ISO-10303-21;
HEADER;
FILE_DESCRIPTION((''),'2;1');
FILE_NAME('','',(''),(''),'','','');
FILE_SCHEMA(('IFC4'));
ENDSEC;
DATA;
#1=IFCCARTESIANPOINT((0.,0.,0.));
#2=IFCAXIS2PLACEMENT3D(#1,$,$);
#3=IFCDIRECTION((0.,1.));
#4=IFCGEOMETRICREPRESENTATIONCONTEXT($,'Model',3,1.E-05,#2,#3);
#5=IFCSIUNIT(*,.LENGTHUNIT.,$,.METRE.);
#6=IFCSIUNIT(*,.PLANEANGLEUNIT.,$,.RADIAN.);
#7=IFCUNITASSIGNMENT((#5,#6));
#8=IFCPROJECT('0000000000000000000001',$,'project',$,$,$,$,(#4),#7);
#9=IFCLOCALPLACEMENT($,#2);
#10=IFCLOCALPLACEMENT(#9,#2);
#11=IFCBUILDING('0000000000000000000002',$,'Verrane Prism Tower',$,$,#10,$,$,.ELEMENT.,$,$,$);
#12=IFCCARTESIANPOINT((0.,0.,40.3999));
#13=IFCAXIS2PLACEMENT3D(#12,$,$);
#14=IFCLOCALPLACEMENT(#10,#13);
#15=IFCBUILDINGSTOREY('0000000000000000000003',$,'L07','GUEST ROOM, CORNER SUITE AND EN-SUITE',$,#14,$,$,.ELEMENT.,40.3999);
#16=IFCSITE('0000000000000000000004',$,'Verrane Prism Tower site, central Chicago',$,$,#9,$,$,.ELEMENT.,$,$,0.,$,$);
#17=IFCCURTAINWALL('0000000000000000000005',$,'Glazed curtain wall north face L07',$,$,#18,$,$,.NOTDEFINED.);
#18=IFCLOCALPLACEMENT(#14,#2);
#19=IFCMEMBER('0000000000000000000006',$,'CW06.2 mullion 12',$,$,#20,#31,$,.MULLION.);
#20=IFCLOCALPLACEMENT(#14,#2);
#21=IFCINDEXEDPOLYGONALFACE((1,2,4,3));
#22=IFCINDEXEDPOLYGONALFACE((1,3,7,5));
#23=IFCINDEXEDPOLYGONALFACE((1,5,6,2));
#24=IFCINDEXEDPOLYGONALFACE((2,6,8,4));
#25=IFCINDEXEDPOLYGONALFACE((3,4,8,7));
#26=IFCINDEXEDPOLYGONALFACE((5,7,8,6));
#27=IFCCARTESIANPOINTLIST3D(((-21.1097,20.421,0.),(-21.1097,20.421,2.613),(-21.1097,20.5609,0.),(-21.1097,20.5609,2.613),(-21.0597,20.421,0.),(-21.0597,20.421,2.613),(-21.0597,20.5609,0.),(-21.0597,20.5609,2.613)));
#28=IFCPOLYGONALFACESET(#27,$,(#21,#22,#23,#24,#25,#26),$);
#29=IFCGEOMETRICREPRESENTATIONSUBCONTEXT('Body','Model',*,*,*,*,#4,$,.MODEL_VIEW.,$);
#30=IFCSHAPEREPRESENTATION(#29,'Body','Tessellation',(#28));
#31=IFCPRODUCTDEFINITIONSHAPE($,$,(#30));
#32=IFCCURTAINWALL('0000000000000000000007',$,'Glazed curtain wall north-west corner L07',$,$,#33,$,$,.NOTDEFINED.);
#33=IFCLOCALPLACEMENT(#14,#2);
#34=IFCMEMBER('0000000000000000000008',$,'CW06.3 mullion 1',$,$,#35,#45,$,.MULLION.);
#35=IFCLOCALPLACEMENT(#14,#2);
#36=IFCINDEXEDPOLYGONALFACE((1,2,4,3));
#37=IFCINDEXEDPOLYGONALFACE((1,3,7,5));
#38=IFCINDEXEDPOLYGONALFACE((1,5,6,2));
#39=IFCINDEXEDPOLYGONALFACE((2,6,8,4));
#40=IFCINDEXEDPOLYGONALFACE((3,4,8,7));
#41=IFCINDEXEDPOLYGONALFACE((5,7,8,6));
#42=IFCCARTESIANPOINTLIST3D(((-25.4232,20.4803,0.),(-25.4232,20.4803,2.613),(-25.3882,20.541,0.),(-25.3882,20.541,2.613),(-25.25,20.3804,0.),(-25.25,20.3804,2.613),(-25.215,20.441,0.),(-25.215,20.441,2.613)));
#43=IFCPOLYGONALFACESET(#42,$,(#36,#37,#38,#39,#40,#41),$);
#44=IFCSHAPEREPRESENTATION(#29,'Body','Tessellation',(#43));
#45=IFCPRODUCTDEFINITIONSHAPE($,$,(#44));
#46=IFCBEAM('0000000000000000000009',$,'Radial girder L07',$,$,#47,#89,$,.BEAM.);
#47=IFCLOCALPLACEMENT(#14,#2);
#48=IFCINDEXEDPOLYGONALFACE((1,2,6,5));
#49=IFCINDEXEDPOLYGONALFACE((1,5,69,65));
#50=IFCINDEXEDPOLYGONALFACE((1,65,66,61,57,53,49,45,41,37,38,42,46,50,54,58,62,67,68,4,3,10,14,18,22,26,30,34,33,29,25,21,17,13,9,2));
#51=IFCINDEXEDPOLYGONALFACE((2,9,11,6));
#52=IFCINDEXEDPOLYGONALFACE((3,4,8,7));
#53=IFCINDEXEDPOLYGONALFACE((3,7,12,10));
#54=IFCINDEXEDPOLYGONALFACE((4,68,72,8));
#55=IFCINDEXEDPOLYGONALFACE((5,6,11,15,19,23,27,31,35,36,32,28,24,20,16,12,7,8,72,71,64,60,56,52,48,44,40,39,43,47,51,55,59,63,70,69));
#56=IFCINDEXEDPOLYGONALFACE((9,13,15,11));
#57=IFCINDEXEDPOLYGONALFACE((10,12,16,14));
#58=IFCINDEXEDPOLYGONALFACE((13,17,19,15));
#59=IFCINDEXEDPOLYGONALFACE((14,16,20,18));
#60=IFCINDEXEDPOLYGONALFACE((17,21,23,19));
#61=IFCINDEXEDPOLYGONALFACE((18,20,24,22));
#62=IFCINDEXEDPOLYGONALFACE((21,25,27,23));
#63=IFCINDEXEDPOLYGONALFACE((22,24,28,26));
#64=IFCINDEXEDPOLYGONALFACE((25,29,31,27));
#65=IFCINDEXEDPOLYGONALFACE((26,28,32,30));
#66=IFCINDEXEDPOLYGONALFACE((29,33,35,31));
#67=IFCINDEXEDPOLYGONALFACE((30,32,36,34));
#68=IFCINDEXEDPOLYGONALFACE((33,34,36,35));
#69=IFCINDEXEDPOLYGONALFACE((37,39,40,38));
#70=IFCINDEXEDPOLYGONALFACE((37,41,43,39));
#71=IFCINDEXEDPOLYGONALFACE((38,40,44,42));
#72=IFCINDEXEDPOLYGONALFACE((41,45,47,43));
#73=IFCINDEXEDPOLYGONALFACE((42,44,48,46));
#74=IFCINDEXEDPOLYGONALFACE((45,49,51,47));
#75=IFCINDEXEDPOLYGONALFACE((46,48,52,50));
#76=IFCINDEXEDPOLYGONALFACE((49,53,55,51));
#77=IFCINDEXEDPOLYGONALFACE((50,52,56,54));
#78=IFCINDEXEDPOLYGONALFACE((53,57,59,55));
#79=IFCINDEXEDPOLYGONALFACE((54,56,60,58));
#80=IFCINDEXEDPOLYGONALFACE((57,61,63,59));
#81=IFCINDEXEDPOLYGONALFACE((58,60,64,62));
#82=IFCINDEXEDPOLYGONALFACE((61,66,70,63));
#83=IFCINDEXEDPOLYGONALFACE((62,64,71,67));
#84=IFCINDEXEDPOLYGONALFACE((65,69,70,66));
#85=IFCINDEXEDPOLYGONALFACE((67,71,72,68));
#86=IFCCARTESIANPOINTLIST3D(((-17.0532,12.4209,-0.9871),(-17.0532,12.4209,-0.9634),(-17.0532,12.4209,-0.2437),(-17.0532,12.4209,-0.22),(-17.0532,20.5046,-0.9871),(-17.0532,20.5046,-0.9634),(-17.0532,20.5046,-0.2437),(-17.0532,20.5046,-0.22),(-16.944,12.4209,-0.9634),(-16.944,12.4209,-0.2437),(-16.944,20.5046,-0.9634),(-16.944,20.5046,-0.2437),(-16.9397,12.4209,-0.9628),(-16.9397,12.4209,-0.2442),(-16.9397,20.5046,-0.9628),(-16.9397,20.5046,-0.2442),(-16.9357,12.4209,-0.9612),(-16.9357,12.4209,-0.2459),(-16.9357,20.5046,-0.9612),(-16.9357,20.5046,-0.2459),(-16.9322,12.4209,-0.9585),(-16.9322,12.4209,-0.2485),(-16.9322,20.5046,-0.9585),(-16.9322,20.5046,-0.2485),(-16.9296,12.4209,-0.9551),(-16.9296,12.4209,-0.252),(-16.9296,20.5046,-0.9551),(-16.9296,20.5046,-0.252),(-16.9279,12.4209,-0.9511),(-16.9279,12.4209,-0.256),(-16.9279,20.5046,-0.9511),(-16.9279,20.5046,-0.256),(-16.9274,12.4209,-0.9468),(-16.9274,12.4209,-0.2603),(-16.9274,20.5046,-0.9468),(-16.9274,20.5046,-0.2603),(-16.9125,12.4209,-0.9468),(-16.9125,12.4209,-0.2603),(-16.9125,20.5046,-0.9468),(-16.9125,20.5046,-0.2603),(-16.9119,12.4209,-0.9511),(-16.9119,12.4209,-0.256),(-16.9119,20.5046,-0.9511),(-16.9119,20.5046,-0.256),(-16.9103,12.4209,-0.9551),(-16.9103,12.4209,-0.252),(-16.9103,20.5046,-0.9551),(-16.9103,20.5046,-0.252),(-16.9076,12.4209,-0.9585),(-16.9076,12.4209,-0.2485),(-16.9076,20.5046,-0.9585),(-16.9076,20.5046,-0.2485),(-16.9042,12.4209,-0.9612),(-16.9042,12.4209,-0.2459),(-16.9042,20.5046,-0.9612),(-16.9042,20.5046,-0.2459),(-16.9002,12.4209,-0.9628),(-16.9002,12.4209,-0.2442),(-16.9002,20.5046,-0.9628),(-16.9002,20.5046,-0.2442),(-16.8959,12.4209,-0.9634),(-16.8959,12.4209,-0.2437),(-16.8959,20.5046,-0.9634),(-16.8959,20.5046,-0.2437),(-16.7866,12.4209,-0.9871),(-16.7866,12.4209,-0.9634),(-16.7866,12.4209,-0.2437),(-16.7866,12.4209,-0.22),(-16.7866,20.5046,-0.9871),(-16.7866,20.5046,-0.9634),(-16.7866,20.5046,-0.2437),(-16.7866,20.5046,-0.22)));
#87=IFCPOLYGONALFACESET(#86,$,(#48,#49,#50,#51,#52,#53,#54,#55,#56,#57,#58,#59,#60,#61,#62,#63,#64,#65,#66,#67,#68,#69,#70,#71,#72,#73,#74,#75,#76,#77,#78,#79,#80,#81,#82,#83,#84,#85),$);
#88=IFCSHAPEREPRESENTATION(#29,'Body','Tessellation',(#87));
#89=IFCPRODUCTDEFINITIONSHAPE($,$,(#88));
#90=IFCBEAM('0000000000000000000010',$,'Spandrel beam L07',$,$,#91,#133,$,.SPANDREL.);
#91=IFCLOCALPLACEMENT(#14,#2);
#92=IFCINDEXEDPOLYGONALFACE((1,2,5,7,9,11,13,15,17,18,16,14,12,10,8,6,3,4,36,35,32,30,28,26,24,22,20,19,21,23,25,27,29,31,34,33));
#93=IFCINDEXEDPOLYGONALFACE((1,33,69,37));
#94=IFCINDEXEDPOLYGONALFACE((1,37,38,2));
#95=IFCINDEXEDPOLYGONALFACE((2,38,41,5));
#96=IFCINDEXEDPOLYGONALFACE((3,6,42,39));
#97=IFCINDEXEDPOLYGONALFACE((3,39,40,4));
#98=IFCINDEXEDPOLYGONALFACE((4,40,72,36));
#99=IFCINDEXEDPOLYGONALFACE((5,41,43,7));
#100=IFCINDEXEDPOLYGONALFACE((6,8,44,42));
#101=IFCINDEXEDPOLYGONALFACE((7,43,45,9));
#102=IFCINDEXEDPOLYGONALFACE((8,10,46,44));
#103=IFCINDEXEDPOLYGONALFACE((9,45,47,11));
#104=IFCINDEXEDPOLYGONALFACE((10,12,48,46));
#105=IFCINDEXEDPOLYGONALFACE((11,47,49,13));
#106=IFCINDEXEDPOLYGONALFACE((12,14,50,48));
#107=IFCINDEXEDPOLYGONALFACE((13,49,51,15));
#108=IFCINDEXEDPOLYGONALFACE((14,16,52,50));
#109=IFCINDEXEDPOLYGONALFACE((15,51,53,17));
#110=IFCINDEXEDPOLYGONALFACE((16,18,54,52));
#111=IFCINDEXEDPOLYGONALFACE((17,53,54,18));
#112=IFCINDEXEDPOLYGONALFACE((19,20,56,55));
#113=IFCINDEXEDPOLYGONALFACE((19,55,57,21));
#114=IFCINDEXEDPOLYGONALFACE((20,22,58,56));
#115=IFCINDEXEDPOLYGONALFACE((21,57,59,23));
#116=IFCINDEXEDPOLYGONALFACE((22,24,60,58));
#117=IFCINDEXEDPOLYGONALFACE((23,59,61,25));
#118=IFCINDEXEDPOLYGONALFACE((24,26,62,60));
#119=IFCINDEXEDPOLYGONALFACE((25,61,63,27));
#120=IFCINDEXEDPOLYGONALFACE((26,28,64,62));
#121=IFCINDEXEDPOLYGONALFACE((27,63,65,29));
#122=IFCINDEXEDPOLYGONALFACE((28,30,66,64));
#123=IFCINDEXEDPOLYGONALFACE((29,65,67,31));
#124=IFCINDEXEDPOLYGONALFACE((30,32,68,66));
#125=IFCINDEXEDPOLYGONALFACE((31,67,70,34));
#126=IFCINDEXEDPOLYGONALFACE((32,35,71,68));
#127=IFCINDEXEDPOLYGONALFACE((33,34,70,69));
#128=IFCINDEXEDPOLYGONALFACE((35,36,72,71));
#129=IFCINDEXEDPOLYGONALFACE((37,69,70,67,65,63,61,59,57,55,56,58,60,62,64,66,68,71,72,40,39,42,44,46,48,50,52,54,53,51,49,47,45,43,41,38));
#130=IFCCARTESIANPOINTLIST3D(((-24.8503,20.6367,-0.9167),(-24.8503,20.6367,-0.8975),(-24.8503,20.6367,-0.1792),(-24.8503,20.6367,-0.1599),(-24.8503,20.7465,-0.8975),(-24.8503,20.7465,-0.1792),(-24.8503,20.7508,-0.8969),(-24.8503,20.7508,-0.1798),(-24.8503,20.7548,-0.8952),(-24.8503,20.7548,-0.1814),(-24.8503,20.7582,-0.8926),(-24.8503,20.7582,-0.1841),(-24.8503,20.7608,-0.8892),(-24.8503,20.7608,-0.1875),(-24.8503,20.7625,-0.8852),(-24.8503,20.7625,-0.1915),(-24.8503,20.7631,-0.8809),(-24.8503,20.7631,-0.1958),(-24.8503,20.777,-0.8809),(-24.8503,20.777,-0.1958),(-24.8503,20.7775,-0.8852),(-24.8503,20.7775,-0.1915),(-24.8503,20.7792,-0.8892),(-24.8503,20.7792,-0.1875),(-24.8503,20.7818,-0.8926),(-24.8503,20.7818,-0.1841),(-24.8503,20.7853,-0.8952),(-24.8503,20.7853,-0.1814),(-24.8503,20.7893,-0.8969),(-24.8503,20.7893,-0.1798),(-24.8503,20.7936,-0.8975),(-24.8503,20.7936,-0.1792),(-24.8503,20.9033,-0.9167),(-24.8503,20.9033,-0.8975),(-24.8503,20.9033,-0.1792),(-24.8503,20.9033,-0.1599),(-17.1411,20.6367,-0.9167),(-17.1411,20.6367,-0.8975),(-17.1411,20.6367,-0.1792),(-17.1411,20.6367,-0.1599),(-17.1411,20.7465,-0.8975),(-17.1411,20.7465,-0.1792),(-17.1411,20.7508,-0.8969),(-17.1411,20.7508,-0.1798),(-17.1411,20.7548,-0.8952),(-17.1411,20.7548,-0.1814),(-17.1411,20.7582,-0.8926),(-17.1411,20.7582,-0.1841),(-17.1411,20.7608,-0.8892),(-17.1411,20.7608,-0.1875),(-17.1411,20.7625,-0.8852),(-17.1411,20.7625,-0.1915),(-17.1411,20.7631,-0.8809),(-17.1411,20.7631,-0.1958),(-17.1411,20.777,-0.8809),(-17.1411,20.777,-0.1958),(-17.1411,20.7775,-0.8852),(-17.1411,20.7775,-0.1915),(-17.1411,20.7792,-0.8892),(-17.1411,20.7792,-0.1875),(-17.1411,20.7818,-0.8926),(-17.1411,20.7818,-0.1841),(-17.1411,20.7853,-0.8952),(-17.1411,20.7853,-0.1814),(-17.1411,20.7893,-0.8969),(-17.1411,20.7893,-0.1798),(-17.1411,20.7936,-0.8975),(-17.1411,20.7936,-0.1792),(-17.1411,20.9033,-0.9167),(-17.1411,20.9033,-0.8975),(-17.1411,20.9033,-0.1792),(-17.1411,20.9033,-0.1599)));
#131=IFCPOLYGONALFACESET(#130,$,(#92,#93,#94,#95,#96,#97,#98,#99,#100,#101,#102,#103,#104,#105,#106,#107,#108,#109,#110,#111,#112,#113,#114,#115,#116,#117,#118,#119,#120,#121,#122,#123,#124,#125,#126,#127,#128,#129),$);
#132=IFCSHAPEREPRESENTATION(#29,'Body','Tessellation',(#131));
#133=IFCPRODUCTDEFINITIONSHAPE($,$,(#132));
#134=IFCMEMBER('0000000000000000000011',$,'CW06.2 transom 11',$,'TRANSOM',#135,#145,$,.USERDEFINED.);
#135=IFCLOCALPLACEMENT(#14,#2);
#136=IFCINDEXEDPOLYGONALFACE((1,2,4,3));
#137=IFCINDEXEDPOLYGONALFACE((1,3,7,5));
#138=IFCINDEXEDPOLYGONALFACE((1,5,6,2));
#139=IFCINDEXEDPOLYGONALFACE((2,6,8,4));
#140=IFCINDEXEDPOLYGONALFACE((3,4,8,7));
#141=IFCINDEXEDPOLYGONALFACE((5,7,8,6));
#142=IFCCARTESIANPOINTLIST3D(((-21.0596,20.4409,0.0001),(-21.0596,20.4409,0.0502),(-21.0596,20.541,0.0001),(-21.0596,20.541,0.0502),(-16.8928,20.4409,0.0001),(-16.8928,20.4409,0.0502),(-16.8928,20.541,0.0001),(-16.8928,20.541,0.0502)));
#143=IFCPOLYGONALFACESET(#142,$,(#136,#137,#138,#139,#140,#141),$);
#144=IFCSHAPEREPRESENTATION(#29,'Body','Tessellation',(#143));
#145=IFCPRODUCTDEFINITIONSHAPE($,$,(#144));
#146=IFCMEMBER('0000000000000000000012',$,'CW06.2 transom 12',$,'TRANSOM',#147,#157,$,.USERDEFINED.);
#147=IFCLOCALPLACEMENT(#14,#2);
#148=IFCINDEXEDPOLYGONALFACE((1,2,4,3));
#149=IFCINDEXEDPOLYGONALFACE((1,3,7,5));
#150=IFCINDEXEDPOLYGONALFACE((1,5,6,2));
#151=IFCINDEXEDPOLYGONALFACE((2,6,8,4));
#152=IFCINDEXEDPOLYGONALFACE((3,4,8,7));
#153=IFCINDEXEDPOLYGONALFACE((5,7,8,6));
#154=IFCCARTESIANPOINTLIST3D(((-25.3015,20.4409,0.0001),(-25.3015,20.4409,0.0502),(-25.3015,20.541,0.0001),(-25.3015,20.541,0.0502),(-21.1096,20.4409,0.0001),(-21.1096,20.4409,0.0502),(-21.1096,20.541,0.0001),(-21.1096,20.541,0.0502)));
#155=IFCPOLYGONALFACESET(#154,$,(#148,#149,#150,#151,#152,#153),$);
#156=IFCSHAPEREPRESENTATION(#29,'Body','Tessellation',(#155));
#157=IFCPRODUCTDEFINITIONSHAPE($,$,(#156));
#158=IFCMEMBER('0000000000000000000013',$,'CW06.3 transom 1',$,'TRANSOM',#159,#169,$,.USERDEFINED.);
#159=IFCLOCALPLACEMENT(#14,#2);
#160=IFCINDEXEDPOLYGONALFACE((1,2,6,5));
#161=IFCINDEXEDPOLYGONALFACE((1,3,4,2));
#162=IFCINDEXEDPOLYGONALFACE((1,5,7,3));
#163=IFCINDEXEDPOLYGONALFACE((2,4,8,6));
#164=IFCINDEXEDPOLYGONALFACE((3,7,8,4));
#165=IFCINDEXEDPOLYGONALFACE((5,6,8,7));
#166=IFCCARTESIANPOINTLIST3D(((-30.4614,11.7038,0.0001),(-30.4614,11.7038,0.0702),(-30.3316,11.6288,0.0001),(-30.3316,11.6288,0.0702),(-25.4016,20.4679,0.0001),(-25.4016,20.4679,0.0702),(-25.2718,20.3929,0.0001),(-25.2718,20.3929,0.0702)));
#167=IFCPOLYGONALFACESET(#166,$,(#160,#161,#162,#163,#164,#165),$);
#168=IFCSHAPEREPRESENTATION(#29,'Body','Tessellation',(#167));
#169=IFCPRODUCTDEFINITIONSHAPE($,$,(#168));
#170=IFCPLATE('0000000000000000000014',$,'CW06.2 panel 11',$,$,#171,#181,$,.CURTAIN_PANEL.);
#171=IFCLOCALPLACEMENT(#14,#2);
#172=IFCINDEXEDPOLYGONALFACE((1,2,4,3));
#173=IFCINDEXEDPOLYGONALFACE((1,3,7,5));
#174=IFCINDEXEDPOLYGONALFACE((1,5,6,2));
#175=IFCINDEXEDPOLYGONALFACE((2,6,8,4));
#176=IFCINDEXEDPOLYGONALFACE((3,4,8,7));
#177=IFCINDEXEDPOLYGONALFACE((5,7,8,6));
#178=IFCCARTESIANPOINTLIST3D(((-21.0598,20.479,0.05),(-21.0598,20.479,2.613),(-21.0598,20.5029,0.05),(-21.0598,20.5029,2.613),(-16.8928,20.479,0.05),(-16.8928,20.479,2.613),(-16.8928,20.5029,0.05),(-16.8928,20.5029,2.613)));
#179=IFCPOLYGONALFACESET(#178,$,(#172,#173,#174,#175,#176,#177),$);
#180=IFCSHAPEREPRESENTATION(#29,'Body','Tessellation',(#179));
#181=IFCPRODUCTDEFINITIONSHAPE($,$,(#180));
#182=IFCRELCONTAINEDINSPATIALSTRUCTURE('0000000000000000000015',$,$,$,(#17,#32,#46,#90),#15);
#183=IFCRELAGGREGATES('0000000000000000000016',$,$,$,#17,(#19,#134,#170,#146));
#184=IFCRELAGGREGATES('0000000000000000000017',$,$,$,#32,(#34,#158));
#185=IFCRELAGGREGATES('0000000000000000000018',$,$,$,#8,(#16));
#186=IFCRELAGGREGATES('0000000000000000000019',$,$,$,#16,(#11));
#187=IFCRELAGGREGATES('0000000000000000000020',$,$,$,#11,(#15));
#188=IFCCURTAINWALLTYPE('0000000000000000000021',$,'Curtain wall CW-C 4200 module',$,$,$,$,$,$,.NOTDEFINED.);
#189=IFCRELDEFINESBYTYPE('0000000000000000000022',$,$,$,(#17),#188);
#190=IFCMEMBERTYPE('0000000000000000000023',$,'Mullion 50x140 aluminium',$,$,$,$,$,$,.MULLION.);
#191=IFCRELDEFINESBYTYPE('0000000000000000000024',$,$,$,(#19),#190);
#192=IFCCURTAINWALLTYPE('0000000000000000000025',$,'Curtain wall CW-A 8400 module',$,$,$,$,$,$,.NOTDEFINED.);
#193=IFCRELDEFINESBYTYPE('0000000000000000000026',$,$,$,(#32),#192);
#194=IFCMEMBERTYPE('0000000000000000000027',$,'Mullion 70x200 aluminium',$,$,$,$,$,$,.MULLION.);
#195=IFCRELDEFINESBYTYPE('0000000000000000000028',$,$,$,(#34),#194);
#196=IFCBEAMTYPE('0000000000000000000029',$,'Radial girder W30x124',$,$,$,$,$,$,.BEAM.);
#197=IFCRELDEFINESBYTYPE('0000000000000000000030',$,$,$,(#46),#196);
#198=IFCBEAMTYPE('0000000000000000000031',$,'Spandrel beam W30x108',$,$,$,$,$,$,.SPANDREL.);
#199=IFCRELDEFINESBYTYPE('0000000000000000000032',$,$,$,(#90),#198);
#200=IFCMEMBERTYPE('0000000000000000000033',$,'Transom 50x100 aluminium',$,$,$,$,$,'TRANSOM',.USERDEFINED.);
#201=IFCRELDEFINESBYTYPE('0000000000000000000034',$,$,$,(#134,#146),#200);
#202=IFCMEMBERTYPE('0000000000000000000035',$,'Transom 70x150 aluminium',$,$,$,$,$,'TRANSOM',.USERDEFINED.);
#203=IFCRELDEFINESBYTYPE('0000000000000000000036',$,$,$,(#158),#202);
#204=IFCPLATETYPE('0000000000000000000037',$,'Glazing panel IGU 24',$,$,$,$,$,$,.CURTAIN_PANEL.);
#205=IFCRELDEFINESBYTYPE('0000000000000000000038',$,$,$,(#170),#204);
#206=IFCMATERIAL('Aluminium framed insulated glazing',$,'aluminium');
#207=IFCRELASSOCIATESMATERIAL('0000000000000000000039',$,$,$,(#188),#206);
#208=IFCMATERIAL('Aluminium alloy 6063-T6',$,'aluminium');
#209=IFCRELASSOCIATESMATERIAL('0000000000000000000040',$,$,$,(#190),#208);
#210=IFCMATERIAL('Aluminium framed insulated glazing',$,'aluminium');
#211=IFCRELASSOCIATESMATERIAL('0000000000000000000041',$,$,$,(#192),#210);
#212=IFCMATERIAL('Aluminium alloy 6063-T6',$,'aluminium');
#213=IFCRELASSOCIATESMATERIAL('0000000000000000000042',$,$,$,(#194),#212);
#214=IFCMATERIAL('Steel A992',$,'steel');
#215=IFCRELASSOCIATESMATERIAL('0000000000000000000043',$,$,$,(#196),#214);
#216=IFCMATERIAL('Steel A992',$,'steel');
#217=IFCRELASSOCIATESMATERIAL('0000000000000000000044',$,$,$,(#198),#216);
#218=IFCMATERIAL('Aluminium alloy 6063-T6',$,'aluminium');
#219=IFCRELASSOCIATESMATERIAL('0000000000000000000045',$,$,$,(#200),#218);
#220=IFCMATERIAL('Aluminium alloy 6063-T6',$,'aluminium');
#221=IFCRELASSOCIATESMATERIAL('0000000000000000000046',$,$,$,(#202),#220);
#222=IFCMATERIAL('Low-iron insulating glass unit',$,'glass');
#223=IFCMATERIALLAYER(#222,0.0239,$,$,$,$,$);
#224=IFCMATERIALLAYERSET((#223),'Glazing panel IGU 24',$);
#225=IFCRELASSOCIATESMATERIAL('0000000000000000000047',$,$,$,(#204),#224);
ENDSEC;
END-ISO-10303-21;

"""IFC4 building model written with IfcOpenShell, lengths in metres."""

from ifc_helpers import new_model, si_unit, direction, frame, origin, origin_2d, place, context, subcontext, project, spatial, rectangle, i_section, extrude, material, layer, layer_set, material_profile, profile_set, type_object, element, aggregate, save


model = new_model("IFC4")

# Units and contexts
model_context = context("Model", 3, precision=1e-05, world=origin(), true_north=direction((0.0, 1.0)))
body_context = subcontext(model_context, "Body", "Model", "MODEL_VIEW")
ifc_project = project(units=[si_unit("LENGTHUNIT", "METRE"), si_unit("PLANEANGLEUNIT", "RADIAN")], contexts=[model_context])

# Site, building, storey
site_placement = place(None, origin())
site = spatial("IfcSite", under=ifc_project, at=site_placement, Name="Verrane Prism Tower site, central Chicago", CompositionType="ELEMENT", RefElevation=0.0)
building_placement = place(site_placement, origin())
building = spatial("IfcBuilding", under=site, at=building_placement, Name="Verrane Prism Tower", CompositionType="ELEMENT")
storey_placement = place(building_placement, frame((0.0, 0.0, 40.3999)))
storey = spatial("IfcBuildingStorey", under=building, at=storey_placement, Name="L07", Description="GUEST ROOM, CORNER SUITE AND EN-SUITE", CompositionType="ELEMENT", Elevation=40.3999)

# Curtain wall, member
ifc_material_1 = material(Name="Aluminium framed insulated glazing", Category="aluminium")
curtain_wall_type_1 = type_object("IfcCurtainWallType", Name="Curtain wall CW-C 4200 module", PredefinedType="NOTDEFINED", material=ifc_material_1)
curtain_wall_1_placement = place(storey_placement, origin())
curtain_wall_1 = element("IfcCurtainWall", 1, at=curtain_wall_1_placement, inside=storey, type_object=curtain_wall_type_1, Name="Glazed curtain wall north face L07", PredefinedType="NOTDEFINED")
ifc_material_2 = material(Name="Aluminium alloy 6063-T6", Category="aluminium")
ifc_material_profile_1 = material_profile(ifc_material_2, rectangle(XDim=0.1399, YDim=0.05, at=origin_2d()), Name="Mullion 50x140 aluminium")
ifc_profile_set_1 = profile_set([ifc_material_profile_1], Name="Aluminium alloy 6063-T6")
member_type_1 = type_object("IfcMemberType", Name="Mullion 50x140 aluminium", PredefinedType="MULLION", material=ifc_profile_set_1)
member_1_placement = place(storey_placement, frame((-21.0847, 20.491, 0.0), z_axis=(0.0, 0.0, 1.0), x_axis=(0.0, -1.0, 0.0)))
member_1 = element("IfcMember", 2, at=member_1_placement, type_object=member_type_1, Name="CW06.2 mullion 12", PredefinedType="MULLION", context=body_context, shape_type="SweptSolid", body=[
    extrude(rectangle(XDim=0.1399, YDim=0.05, at=origin_2d()), origin(), (0.0, 0.0, 1.0), 2.613),
])

# Curtain wall, member
ifc_material_3 = material(Name="Aluminium framed insulated glazing", Category="aluminium")
curtain_wall_type_2 = type_object("IfcCurtainWallType", Name="Curtain wall CW-A 8400 module", PredefinedType="NOTDEFINED", material=ifc_material_3)
curtain_wall_2_placement = place(storey_placement, origin())
curtain_wall_2 = element("IfcCurtainWall", 3, at=curtain_wall_2_placement, inside=storey, type_object=curtain_wall_type_2, Name="Glazed curtain wall north-west corner L07", PredefinedType="NOTDEFINED")
ifc_material_4 = material(Name="Aluminium alloy 6063-T6", Category="aluminium")
ifc_material_profile_2 = material_profile(ifc_material_4, rectangle(XDim=0.2, YDim=0.0701, at=origin_2d()), Name="Mullion 70x200 aluminium")
ifc_profile_set_2 = profile_set([ifc_material_profile_2], Name="Aluminium alloy 6063-T6")
member_type_2 = type_object("IfcMemberType", Name="Mullion 70x200 aluminium", PredefinedType="MULLION", material=ifc_profile_set_2)
member_2_placement = place(storey_placement, frame((-25.3191, 20.4607, 0.0), z_axis=(0.0, 0.0, 1.0), x_axis=(0.866027, -0.499997, 0.0)))
member_2 = element("IfcMember", 4, at=member_2_placement, type_object=member_type_2, Name="CW06.3 mullion 1", PredefinedType="MULLION", context=body_context, shape_type="SweptSolid", body=[
    extrude(rectangle(XDim=0.2, YDim=0.0701, at=origin_2d()), origin(), (0.0, 0.0, 1.0), 2.613),
])

# Beams
ifc_material_5 = material(Name="Steel A992", Category="steel")
ifc_material_profile_3 = material_profile(ifc_material_5, i_section(OverallWidth=0.2666, OverallDepth=0.7671, WebThickness=0.0149, FlangeThickness=0.0237, FilletRadius=0.0166, at=origin_2d()), Name="W30x124")
ifc_profile_set_3 = profile_set([ifc_material_profile_3], Name="Steel A992")
beam_type_1 = type_object("IfcBeamType", Name="Radial girder W30x124", PredefinedType="BEAM", material=ifc_profile_set_3)
beam_1_placement = place(storey_placement, frame((-16.9199, 20.5046, -0.6035), z_axis=(0.0, -1.0, 0.0), x_axis=(1.0, 0.0, 0.0)))
element("IfcBeam", 5, at=beam_1_placement, inside=storey, type_object=beam_type_1, Name="Radial girder L07", PredefinedType="BEAM", context=body_context, shape_type="SweptSolid", body=[
    extrude(i_section(OverallWidth=0.2666, OverallDepth=0.7671, WebThickness=0.0149, FlangeThickness=0.0237, FilletRadius=0.0166, at=origin_2d()), origin(), (0.0, 0.0, 1.0), 8.0837),
])
ifc_material_6 = material(Name="Steel A992", Category="steel")
ifc_material_profile_4 = material_profile(ifc_material_6, i_section(OverallWidth=0.2666, OverallDepth=0.7568, WebThickness=0.0139, FlangeThickness=0.0193, FilletRadius=0.0166, at=origin_2d()), Name="W30x108")
ifc_profile_set_4 = profile_set([ifc_material_profile_4], Name="Steel A992")
beam_type_2 = type_object("IfcBeamType", Name="Spandrel beam W30x108", PredefinedType="SPANDREL", material=ifc_profile_set_4)
beam_2_placement = place(storey_placement, frame((-17.1411, 20.77, -0.5383), z_axis=(-1.0, 0.0, 0.0), x_axis=(0.0, -1.0, 0.0)))
element("IfcBeam", 6, at=beam_2_placement, inside=storey, type_object=beam_type_2, Name="Spandrel beam L07", PredefinedType="SPANDREL", context=body_context, shape_type="SweptSolid", body=[
    extrude(i_section(OverallWidth=0.2666, OverallDepth=0.7568, WebThickness=0.0139, FlangeThickness=0.0193, FilletRadius=0.0166, at=origin_2d()), origin(), (0.0, 0.0, 1.0), 7.7092),
])

# Members
ifc_material_7 = material(Name="Aluminium alloy 6063-T6", Category="aluminium")
ifc_material_profile_5 = material_profile(ifc_material_7, rectangle(XDim=0.1001, YDim=0.05, at=origin_2d()), Name="Transom 50x100 aluminium")
ifc_profile_set_5 = profile_set([ifc_material_profile_5], Name="Aluminium alloy 6063-T6")
member_type_3 = type_object("IfcMemberType", Name="Transom 50x100 aluminium", ElementType="TRANSOM", PredefinedType="USERDEFINED", material=ifc_profile_set_5)
member_3_placement = place(storey_placement, frame((-16.8928, 20.491, 0.0251), z_axis=(-1.0, 0.0, 0.0), x_axis=(0.0, -1.0, 0.0)))
member_3 = element("IfcMember", 7, at=member_3_placement, type_object=member_type_3, Name="CW06.2 transom 11", ObjectType="TRANSOM", PredefinedType="USERDEFINED", context=body_context, shape_type="SweptSolid", body=[
    extrude(rectangle(XDim=0.1001, YDim=0.05, at=origin_2d()), origin(), (0.0, 0.0, 1.0), 4.1667),
])
member_4_placement = place(storey_placement, frame((-21.1096, 20.491, 0.0251), z_axis=(-1.0, 0.0, 0.0), x_axis=(0.0, -1.0, 0.0)))
member_4 = element("IfcMember", 8, at=member_4_placement, type_object=member_type_3, Name="CW06.2 transom 12", ObjectType="TRANSOM", PredefinedType="USERDEFINED", context=body_context, shape_type="SweptSolid", body=[
    extrude(rectangle(XDim=0.1001, YDim=0.05, at=origin_2d()), origin(), (0.0, 0.0, 1.0), 4.1919),
])
ifc_material_8 = material(Name="Aluminium alloy 6063-T6", Category="aluminium")
ifc_material_profile_6 = material_profile(ifc_material_8, rectangle(XDim=0.1499, YDim=0.0701, at=origin_2d()), Name="Transom 70x150 aluminium")
ifc_profile_set_6 = profile_set([ifc_material_profile_6], Name="Aluminium alloy 6063-T6")
member_type_4 = type_object("IfcMemberType", Name="Transom 70x150 aluminium", ElementType="TRANSOM", PredefinedType="USERDEFINED", material=ifc_profile_set_6)
member_5_placement = place(storey_placement, frame((-25.3367, 20.4304, 0.0352), z_axis=(-0.499987, -0.866033, 0.0), x_axis=(0.866033, -0.499987, 0.0)))
member_5 = element("IfcMember", 9, at=member_5_placement, type_object=member_type_4, Name="CW06.3 transom 1", ObjectType="TRANSOM", PredefinedType="USERDEFINED", context=body_context, shape_type="SweptSolid", body=[
    extrude(rectangle(XDim=0.1499, YDim=0.0701, at=origin_2d()), origin(), (0.0, 0.0, 1.0), 10.1199),
])

# Plate
ifc_material_9 = material(Name="Low-iron insulating glass unit", Category="glass")
ifc_layer_1 = layer(ifc_material_9, 0.0239)
ifc_layer_set_1 = layer_set([ifc_layer_1], Name="Glazing panel IGU 24")
plate_type_1 = type_object("IfcPlateType", Name="Glazing panel IGU 24", PredefinedType="CURTAIN_PANEL", material=ifc_layer_set_1)
plate_1_placement = place(storey_placement, frame((-18.9763, 20.491, 0.05), z_axis=(0.0, 0.0, 1.0), x_axis=(-1.0, 0.0, 0.0)))
plate_1 = element("IfcPlate", 10, at=plate_1_placement, type_object=plate_type_1, Name="CW06.2 panel 11", PredefinedType="CURTAIN_PANEL", context=body_context, shape_type="SweptSolid", body=[
    extrude(rectangle(XDim=4.167, YDim=0.0239, at=origin_2d()), origin(), (0.0, 0.0, 1.0), 2.563),
])
aggregate(curtain_wall_1, [member_1, member_3, plate_1, member_4])
aggregate(curtain_wall_2, [member_2, member_5])

save(model, "model.ifc")
